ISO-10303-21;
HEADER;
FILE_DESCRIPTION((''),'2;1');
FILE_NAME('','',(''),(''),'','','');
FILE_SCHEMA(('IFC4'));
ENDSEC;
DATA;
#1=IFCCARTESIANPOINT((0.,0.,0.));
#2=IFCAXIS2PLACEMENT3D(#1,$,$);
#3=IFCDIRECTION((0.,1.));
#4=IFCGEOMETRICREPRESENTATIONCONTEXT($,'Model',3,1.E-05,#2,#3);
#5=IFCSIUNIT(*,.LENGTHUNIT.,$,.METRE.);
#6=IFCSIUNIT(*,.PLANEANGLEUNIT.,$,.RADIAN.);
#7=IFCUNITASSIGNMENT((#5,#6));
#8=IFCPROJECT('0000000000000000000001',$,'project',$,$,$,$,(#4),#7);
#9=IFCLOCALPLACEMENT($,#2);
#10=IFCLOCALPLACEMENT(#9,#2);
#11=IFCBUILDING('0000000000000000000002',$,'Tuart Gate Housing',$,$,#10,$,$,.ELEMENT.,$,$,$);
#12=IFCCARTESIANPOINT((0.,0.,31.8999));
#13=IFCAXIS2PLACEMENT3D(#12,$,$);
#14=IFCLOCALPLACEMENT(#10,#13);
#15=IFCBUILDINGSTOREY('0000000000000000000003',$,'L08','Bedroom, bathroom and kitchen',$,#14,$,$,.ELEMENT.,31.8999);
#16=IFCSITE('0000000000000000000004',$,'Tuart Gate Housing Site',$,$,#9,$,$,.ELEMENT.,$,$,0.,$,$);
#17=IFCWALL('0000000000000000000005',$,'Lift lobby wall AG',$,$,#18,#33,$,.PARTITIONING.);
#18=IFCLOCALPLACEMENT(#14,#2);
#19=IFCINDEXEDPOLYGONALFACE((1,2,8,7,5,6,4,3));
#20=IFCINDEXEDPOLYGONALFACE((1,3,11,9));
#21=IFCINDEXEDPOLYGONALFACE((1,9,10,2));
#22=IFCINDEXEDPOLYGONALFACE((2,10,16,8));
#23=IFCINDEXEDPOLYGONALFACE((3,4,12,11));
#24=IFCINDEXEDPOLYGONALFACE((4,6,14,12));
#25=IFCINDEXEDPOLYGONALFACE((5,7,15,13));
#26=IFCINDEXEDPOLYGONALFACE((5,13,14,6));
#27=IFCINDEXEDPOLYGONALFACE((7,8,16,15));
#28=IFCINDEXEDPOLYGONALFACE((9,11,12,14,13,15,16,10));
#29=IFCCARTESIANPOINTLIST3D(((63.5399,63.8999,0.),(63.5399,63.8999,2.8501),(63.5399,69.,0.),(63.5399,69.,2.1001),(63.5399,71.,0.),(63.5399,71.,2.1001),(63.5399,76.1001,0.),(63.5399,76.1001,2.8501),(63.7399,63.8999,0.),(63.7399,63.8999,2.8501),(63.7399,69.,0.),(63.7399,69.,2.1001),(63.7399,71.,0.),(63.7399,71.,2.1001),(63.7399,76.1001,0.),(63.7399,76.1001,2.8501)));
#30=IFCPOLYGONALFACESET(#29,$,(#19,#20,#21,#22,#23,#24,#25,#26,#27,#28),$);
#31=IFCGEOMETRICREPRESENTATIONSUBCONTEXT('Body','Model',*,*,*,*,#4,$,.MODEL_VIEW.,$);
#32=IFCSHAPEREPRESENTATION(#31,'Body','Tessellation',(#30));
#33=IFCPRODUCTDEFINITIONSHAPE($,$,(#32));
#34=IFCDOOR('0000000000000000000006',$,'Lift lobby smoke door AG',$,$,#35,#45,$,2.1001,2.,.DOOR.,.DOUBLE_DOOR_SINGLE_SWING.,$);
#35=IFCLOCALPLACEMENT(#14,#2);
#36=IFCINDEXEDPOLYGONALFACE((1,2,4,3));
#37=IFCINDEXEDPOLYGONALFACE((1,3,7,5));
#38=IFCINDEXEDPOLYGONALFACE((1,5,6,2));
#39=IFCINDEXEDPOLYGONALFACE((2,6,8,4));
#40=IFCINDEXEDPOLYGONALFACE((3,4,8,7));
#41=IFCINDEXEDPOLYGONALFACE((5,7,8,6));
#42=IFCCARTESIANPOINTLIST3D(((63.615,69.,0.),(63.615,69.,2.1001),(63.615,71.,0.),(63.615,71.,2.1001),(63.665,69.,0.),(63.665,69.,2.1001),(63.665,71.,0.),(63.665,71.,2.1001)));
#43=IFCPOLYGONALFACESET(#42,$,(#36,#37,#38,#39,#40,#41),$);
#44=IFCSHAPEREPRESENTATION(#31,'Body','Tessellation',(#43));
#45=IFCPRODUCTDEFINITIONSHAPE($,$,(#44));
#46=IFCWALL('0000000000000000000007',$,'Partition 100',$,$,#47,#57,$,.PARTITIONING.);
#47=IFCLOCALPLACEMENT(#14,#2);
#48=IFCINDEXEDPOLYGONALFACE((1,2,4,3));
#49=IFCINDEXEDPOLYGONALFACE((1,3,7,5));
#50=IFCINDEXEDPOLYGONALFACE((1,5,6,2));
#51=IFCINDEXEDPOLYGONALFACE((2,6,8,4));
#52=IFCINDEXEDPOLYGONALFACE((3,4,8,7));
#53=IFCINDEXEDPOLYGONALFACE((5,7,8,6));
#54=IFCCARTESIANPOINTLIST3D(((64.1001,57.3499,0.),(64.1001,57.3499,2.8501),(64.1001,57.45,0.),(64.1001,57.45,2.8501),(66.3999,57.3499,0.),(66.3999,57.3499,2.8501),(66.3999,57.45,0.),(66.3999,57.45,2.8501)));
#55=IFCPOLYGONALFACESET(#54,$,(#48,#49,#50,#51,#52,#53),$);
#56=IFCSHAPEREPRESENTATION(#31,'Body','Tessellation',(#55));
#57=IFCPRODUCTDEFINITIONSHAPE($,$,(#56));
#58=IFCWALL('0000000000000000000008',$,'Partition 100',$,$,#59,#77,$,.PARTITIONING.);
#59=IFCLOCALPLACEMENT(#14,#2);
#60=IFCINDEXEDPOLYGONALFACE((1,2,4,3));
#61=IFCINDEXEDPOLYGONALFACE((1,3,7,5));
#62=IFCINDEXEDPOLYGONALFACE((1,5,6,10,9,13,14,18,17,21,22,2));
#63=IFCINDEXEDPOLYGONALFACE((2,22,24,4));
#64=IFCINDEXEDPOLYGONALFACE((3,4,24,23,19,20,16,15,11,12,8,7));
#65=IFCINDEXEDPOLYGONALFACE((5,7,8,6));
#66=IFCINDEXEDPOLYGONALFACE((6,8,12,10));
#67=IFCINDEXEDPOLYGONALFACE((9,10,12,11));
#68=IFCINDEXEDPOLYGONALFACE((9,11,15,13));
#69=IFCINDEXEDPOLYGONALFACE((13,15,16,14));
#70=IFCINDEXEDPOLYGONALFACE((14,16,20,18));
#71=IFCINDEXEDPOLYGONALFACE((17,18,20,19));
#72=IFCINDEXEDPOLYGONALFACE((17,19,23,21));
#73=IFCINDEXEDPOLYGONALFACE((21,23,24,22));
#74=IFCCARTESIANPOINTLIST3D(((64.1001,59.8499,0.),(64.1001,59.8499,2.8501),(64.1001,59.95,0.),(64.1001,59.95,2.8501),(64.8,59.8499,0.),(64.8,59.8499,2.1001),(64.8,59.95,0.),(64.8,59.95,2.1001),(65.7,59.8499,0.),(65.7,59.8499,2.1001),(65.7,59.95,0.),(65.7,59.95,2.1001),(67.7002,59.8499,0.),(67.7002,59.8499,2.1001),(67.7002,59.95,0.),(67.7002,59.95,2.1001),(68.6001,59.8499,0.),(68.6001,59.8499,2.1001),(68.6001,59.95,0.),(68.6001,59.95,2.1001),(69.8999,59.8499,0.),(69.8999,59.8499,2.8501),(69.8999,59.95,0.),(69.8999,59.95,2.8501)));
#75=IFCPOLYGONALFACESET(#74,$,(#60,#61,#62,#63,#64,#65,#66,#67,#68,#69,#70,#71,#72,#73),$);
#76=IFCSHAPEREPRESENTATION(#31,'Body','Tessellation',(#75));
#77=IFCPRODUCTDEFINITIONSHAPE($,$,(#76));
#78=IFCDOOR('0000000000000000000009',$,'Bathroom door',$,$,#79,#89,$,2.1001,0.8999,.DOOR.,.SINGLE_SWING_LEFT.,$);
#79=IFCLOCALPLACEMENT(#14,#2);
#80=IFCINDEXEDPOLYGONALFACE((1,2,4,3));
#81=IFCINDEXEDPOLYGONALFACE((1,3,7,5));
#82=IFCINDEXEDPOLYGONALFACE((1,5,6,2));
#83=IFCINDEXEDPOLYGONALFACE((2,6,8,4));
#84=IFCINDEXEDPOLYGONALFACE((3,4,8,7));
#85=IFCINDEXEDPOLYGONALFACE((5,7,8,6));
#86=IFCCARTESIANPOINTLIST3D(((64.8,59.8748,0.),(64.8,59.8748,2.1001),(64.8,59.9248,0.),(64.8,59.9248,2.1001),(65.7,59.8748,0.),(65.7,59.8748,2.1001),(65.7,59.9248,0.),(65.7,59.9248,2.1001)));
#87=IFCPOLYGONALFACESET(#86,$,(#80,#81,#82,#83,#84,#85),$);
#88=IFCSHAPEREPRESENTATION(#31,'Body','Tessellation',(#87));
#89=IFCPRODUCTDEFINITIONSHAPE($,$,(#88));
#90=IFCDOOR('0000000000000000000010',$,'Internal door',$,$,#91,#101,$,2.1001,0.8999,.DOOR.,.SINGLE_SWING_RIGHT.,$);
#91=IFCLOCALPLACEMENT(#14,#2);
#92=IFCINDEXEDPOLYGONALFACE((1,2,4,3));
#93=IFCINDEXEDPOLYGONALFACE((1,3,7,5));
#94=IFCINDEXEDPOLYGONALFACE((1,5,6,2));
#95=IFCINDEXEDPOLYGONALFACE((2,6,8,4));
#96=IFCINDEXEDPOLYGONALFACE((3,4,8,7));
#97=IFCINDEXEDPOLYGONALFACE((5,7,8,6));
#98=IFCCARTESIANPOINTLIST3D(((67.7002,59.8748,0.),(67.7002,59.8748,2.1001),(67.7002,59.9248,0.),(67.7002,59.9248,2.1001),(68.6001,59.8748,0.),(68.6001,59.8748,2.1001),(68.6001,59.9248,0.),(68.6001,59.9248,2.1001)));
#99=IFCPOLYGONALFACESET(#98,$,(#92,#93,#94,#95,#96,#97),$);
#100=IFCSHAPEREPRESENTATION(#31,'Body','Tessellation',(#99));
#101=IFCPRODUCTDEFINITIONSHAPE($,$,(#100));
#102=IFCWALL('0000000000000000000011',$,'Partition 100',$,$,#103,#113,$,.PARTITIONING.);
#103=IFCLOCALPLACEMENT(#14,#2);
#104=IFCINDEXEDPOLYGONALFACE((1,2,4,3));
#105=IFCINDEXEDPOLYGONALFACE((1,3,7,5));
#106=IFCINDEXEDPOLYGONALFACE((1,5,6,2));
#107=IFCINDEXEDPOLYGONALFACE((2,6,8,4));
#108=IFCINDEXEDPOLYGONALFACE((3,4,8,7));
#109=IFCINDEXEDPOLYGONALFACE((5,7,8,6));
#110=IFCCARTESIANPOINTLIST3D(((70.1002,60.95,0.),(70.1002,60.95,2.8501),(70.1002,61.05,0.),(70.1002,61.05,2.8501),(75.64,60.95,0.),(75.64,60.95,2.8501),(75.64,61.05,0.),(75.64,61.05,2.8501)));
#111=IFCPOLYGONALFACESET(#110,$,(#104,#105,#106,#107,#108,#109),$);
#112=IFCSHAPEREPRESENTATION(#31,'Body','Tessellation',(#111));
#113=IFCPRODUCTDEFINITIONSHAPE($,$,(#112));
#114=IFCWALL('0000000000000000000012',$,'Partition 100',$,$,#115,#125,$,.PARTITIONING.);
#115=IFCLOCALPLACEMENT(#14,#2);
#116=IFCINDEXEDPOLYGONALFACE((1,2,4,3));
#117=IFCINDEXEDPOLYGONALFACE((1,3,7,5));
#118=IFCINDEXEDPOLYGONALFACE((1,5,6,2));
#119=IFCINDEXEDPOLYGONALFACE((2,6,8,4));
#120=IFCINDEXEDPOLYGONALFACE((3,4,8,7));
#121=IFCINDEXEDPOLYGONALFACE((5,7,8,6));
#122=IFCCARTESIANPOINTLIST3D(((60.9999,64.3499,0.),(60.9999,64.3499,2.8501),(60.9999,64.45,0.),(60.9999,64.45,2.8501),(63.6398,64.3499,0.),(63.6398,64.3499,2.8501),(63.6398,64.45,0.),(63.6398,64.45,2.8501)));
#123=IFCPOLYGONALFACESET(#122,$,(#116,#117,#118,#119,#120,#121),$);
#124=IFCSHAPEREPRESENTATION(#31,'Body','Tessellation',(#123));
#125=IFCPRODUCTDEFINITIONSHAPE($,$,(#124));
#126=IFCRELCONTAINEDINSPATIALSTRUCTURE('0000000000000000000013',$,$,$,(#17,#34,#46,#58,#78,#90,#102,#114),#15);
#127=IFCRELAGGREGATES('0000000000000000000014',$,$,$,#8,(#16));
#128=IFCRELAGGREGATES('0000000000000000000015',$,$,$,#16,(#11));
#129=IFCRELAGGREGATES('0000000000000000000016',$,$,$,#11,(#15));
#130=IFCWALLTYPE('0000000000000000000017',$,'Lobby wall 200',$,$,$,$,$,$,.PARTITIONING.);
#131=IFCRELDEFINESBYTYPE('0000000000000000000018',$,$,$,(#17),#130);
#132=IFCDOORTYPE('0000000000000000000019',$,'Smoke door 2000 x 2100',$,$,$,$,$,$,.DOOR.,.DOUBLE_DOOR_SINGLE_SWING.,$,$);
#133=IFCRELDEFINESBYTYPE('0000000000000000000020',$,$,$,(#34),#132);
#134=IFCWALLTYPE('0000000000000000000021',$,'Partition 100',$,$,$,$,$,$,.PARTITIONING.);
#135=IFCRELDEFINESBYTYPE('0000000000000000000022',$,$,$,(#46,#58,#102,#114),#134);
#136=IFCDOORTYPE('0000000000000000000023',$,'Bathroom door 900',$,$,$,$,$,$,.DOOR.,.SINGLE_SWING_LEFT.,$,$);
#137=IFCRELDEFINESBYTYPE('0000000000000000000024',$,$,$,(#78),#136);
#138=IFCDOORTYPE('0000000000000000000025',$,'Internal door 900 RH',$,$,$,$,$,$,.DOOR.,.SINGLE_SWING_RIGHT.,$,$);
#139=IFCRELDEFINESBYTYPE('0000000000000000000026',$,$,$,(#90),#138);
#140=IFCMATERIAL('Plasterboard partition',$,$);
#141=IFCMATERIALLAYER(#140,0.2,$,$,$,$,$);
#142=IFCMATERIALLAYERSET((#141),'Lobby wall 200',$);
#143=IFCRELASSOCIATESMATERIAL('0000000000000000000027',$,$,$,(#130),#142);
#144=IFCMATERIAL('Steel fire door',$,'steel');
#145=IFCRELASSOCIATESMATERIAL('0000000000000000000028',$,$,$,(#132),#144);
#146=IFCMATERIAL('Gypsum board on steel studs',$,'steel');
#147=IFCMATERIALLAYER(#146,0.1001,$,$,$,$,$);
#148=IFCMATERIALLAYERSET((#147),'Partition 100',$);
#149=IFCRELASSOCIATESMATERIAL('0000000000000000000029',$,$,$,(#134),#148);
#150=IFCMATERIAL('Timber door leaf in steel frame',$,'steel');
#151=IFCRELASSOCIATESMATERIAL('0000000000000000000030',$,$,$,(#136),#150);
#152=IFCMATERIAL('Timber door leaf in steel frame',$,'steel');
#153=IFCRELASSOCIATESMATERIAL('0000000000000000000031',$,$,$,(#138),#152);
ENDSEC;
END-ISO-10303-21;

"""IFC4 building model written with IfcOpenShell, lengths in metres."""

from ifc_helpers import new_model, si_unit, direction, frame, frame_2d, origin, place, context, subcontext, project, spatial, rectangle, extrude, material, layer, layer_set, type_object, element, fill, save


model = new_model("IFC4")

# Units and contexts
model_context = context("Model", 3, precision=1e-05, world=origin(), true_north=direction((0.0, 1.0)))
body_context = subcontext(model_context, "Body", "Model", "MODEL_VIEW")
ifc_project = project(units=[si_unit("LENGTHUNIT", "METRE"), si_unit("PLANEANGLEUNIT", "RADIAN")], contexts=[model_context])

# Site, building, storey
site_placement = place(None, origin())
site = spatial("IfcSite", under=ifc_project, at=site_placement, Name="Tuart Gate Housing Site", CompositionType="ELEMENT", RefElevation=0.0)
building_placement = place(site_placement, origin())
building = spatial("IfcBuilding", under=site, at=building_placement, Name="Tuart Gate Housing", CompositionType="ELEMENT")
storey_placement = place(building_placement, frame((0.0, 0.0, 31.8999)))
storey = spatial("IfcBuildingStorey", under=building, at=storey_placement, Name="L08", Description="Bedroom, bathroom and kitchen", CompositionType="ELEMENT", Elevation=31.8999)

# Wall, opening, door
ifc_material_1 = material(Name="Plasterboard partition")
ifc_layer_1 = layer(ifc_material_1, 0.2)
ifc_layer_set_1 = layer_set([ifc_layer_1], Name="Lobby wall 200")
wall_type_1 = type_object("IfcWallType", Name="Lobby wall 200", PredefinedType="PARTITIONING", material=ifc_layer_set_1)
wall_1_placement = place(storey_placement, frame((63.6399, 63.8999, 0.0), z_axis=(0.0, 0.0, 1.0), x_axis=(0.0, 1.0, 0.0)))
wall_1 = element("IfcWall", 1, at=wall_1_placement, inside=storey, type_object=wall_type_1, Name="Lift lobby wall AG", PredefinedType="PARTITIONING", context=body_context, shape_type="SweptSolid", body=[
    extrude(rectangle(XDim=12.2002, YDim=0.2, at=frame_2d((6.1001, 0.0))), origin(), (0.0, 0.0, 1.0), 2.8501),
])
opening_1_placement = place(wall_1_placement, frame((5.1001, 0.0, 0.0)))
opening_1 = element("IfcOpeningElement", 2, at=opening_1_placement, cuts=wall_1, PredefinedType="OPENING", context=body_context, shape_type="SweptSolid", body=[
    extrude(rectangle(XDim=2.0, YDim=2.1001, at=frame_2d((1.0, 1.05))), frame((0.0, 0.1099, 0.0), z_axis=(0.0, -1.0, 0.0), x_axis=(1.0, 0.0, 0.0)), (0.0, 0.0, 1.0), 0.22),
])
ifc_material_2 = material(Name="Steel fire door", Category="steel")
door_type_1 = type_object("IfcDoorType", Name="Smoke door 2000 x 2100", OperationType="DOUBLE_DOOR_SINGLE_SWING", PredefinedType="DOOR", material=ifc_material_2)
door_1_placement = place(opening_1_placement, frame((2.0, 0.0, 0.0), z_axis=(0.0, 0.0, 1.0), x_axis=(-1.0, 0.0, 0.0)))
door_1 = element("IfcDoor", 3, at=door_1_placement, inside=storey, type_object=door_type_1, Name="Lift lobby smoke door AG", OperationType="DOUBLE_DOOR_SINGLE_SWING", OverallHeight=2.1001, OverallWidth=2.0, PredefinedType="DOOR", context=body_context, shape_type="SweptSolid", body=[
    extrude(rectangle(XDim=2.0, YDim=2.1001, at=frame_2d((1.0, 1.05))), frame((0.0, 0.0251, 0.0), z_axis=(0.0, -1.0, 0.0), x_axis=(1.0, 0.0, 0.0)), (0.0, 0.0, 1.0), 0.05),
])
fill(opening_1, door_1)

# Wall
ifc_material_3 = material(Name="Gypsum board on steel studs", Category="steel")
ifc_layer_2 = layer(ifc_material_3, 0.1001)
ifc_layer_set_2 = layer_set([ifc_layer_2], Name="Partition 100")
wall_type_2 = type_object("IfcWallType", Name="Partition 100", PredefinedType="PARTITIONING", material=ifc_layer_set_2)
wall_2_placement = place(storey_placement, frame((64.1001, 57.3999, 0.0), z_axis=(0.0, 0.0, 1.0), x_axis=(1.0, 0.0, 0.0)))
element("IfcWall", 4, at=wall_2_placement, inside=storey, type_object=wall_type_2, Name="Partition 100", PredefinedType="PARTITIONING", context=body_context, shape_type="SweptSolid", body=[
    extrude(rectangle(XDim=2.2998, YDim=0.1001, at=frame_2d((1.1499, 0.0))), origin(), (0.0, 0.0, 1.0), 2.8501),
])

# Wall, openings, doors
wall_3_placement = place(storey_placement, frame((64.1001, 59.8999, 0.0), z_axis=(0.0, 0.0, 1.0), x_axis=(1.0, 0.0, 0.0)))
wall_3 = element("IfcWall", 5, at=wall_3_placement, inside=storey, type_object=wall_type_2, Name="Partition 100", PredefinedType="PARTITIONING", context=body_context, shape_type="SweptSolid", body=[
    extrude(rectangle(XDim=5.7998, YDim=0.1001, at=frame_2d((2.8999, 0.0))), origin(), (0.0, 0.0, 1.0), 2.8501),
])
opening_2_placement = place(wall_3_placement, frame((3.6001, 0.0, 0.0)))
opening_2 = element("IfcOpeningElement", 6, at=opening_2_placement, cuts=wall_3, PredefinedType="OPENING", context=body_context, shape_type="SweptSolid", body=[
    extrude(rectangle(XDim=0.8999, YDim=2.1001, at=frame_2d((0.45, 1.05))), frame((0.0, 0.0601, 0.0), z_axis=(0.0, -1.0, 0.0), x_axis=(1.0, 0.0, 0.0)), (0.0, 0.0, 1.0), 0.1201),
])
opening_3_placement = place(wall_3_placement, frame((0.7, 0.0, 0.0)))
opening_3 = element("IfcOpeningElement", 7, at=opening_3_placement, cuts=wall_3, PredefinedType="OPENING", context=body_context, shape_type="SweptSolid", body=[
    extrude(rectangle(XDim=0.8999, YDim=2.1001, at=frame_2d((0.45, 1.05))), frame((0.0, 0.0601, 0.0), z_axis=(0.0, -1.0, 0.0), x_axis=(1.0, 0.0, 0.0)), (0.0, 0.0, 1.0), 0.1201),
])
ifc_material_4 = material(Name="Timber door leaf in steel frame", Category="steel")
door_type_2 = type_object("IfcDoorType", Name="Bathroom door 900", OperationType="SINGLE_SWING_LEFT", PredefinedType="DOOR", material=ifc_material_4)
door_2_placement = place(opening_3_placement, frame((0.8999, 0.0, 0.0), z_axis=(0.0, 0.0, 1.0), x_axis=(-1.0, 0.0, 0.0)))
door_2 = element("IfcDoor", 8, at=door_2_placement, inside=storey, type_object=door_type_2, Name="Bathroom door", OperationType="SINGLE_SWING_LEFT", OverallHeight=2.1001, OverallWidth=0.8999, PredefinedType="DOOR", context=body_context, shape_type="SweptSolid", body=[
    extrude(rectangle(XDim=0.8999, YDim=2.1001, at=frame_2d((0.45, 1.05))), frame((0.0, 0.0251, 0.0), z_axis=(0.0, -1.0, 0.0), x_axis=(1.0, 0.0, 0.0)), (0.0, 0.0, 1.0), 0.05),
])
fill(opening_3, door_2)
ifc_material_5 = material(Name="Timber door leaf in steel frame", Category="steel")
door_type_3 = type_object("IfcDoorType", Name="Internal door 900 RH", OperationType="SINGLE_SWING_RIGHT", PredefinedType="DOOR", material=ifc_material_5)
door_3_placement = place(opening_2_placement, origin())
door_3 = element("IfcDoor", 9, at=door_3_placement, inside=storey, type_object=door_type_3, Name="Internal door", OperationType="SINGLE_SWING_RIGHT", OverallHeight=2.1001, OverallWidth=0.8999, PredefinedType="DOOR", context=body_context, shape_type="SweptSolid", body=[
    extrude(rectangle(XDim=0.8999, YDim=2.1001, at=frame_2d((0.45, 1.05))), frame((0.0, 0.0249, 0.0), z_axis=(0.0, -1.0, 0.0), x_axis=(1.0, 0.0, 0.0)), (0.0, 0.0, 1.0), 0.05),
])
fill(opening_2, door_3)

# Walls
wall_4_placement = place(storey_placement, frame((70.1001, 61.0, 0.0), z_axis=(0.0, 0.0, 1.0), x_axis=(1.0, 0.0, 0.0)))
element("IfcWall", 10, at=wall_4_placement, inside=storey, type_object=wall_type_2, Name="Partition 100", PredefinedType="PARTITIONING", context=body_context, shape_type="SweptSolid", body=[
    extrude(rectangle(XDim=5.5398, YDim=0.1001, at=frame_2d((2.77, 0.0))), origin(), (0.0, 0.0, 1.0), 2.8501),
])
wall_5_placement = place(storey_placement, frame((61.0, 64.3999, 0.0), z_axis=(0.0, 0.0, 1.0), x_axis=(1.0, 0.0, 0.0)))
element("IfcWall", 11, at=wall_5_placement, inside=storey, type_object=wall_type_2, Name="Partition 100", PredefinedType="PARTITIONING", context=body_context, shape_type="SweptSolid", body=[
    extrude(rectangle(XDim=2.6399, YDim=0.1001, at=frame_2d((1.3198, 0.0))), origin(), (0.0, 0.0, 1.0), 2.8501),
])

save(model, "model.ifc")
